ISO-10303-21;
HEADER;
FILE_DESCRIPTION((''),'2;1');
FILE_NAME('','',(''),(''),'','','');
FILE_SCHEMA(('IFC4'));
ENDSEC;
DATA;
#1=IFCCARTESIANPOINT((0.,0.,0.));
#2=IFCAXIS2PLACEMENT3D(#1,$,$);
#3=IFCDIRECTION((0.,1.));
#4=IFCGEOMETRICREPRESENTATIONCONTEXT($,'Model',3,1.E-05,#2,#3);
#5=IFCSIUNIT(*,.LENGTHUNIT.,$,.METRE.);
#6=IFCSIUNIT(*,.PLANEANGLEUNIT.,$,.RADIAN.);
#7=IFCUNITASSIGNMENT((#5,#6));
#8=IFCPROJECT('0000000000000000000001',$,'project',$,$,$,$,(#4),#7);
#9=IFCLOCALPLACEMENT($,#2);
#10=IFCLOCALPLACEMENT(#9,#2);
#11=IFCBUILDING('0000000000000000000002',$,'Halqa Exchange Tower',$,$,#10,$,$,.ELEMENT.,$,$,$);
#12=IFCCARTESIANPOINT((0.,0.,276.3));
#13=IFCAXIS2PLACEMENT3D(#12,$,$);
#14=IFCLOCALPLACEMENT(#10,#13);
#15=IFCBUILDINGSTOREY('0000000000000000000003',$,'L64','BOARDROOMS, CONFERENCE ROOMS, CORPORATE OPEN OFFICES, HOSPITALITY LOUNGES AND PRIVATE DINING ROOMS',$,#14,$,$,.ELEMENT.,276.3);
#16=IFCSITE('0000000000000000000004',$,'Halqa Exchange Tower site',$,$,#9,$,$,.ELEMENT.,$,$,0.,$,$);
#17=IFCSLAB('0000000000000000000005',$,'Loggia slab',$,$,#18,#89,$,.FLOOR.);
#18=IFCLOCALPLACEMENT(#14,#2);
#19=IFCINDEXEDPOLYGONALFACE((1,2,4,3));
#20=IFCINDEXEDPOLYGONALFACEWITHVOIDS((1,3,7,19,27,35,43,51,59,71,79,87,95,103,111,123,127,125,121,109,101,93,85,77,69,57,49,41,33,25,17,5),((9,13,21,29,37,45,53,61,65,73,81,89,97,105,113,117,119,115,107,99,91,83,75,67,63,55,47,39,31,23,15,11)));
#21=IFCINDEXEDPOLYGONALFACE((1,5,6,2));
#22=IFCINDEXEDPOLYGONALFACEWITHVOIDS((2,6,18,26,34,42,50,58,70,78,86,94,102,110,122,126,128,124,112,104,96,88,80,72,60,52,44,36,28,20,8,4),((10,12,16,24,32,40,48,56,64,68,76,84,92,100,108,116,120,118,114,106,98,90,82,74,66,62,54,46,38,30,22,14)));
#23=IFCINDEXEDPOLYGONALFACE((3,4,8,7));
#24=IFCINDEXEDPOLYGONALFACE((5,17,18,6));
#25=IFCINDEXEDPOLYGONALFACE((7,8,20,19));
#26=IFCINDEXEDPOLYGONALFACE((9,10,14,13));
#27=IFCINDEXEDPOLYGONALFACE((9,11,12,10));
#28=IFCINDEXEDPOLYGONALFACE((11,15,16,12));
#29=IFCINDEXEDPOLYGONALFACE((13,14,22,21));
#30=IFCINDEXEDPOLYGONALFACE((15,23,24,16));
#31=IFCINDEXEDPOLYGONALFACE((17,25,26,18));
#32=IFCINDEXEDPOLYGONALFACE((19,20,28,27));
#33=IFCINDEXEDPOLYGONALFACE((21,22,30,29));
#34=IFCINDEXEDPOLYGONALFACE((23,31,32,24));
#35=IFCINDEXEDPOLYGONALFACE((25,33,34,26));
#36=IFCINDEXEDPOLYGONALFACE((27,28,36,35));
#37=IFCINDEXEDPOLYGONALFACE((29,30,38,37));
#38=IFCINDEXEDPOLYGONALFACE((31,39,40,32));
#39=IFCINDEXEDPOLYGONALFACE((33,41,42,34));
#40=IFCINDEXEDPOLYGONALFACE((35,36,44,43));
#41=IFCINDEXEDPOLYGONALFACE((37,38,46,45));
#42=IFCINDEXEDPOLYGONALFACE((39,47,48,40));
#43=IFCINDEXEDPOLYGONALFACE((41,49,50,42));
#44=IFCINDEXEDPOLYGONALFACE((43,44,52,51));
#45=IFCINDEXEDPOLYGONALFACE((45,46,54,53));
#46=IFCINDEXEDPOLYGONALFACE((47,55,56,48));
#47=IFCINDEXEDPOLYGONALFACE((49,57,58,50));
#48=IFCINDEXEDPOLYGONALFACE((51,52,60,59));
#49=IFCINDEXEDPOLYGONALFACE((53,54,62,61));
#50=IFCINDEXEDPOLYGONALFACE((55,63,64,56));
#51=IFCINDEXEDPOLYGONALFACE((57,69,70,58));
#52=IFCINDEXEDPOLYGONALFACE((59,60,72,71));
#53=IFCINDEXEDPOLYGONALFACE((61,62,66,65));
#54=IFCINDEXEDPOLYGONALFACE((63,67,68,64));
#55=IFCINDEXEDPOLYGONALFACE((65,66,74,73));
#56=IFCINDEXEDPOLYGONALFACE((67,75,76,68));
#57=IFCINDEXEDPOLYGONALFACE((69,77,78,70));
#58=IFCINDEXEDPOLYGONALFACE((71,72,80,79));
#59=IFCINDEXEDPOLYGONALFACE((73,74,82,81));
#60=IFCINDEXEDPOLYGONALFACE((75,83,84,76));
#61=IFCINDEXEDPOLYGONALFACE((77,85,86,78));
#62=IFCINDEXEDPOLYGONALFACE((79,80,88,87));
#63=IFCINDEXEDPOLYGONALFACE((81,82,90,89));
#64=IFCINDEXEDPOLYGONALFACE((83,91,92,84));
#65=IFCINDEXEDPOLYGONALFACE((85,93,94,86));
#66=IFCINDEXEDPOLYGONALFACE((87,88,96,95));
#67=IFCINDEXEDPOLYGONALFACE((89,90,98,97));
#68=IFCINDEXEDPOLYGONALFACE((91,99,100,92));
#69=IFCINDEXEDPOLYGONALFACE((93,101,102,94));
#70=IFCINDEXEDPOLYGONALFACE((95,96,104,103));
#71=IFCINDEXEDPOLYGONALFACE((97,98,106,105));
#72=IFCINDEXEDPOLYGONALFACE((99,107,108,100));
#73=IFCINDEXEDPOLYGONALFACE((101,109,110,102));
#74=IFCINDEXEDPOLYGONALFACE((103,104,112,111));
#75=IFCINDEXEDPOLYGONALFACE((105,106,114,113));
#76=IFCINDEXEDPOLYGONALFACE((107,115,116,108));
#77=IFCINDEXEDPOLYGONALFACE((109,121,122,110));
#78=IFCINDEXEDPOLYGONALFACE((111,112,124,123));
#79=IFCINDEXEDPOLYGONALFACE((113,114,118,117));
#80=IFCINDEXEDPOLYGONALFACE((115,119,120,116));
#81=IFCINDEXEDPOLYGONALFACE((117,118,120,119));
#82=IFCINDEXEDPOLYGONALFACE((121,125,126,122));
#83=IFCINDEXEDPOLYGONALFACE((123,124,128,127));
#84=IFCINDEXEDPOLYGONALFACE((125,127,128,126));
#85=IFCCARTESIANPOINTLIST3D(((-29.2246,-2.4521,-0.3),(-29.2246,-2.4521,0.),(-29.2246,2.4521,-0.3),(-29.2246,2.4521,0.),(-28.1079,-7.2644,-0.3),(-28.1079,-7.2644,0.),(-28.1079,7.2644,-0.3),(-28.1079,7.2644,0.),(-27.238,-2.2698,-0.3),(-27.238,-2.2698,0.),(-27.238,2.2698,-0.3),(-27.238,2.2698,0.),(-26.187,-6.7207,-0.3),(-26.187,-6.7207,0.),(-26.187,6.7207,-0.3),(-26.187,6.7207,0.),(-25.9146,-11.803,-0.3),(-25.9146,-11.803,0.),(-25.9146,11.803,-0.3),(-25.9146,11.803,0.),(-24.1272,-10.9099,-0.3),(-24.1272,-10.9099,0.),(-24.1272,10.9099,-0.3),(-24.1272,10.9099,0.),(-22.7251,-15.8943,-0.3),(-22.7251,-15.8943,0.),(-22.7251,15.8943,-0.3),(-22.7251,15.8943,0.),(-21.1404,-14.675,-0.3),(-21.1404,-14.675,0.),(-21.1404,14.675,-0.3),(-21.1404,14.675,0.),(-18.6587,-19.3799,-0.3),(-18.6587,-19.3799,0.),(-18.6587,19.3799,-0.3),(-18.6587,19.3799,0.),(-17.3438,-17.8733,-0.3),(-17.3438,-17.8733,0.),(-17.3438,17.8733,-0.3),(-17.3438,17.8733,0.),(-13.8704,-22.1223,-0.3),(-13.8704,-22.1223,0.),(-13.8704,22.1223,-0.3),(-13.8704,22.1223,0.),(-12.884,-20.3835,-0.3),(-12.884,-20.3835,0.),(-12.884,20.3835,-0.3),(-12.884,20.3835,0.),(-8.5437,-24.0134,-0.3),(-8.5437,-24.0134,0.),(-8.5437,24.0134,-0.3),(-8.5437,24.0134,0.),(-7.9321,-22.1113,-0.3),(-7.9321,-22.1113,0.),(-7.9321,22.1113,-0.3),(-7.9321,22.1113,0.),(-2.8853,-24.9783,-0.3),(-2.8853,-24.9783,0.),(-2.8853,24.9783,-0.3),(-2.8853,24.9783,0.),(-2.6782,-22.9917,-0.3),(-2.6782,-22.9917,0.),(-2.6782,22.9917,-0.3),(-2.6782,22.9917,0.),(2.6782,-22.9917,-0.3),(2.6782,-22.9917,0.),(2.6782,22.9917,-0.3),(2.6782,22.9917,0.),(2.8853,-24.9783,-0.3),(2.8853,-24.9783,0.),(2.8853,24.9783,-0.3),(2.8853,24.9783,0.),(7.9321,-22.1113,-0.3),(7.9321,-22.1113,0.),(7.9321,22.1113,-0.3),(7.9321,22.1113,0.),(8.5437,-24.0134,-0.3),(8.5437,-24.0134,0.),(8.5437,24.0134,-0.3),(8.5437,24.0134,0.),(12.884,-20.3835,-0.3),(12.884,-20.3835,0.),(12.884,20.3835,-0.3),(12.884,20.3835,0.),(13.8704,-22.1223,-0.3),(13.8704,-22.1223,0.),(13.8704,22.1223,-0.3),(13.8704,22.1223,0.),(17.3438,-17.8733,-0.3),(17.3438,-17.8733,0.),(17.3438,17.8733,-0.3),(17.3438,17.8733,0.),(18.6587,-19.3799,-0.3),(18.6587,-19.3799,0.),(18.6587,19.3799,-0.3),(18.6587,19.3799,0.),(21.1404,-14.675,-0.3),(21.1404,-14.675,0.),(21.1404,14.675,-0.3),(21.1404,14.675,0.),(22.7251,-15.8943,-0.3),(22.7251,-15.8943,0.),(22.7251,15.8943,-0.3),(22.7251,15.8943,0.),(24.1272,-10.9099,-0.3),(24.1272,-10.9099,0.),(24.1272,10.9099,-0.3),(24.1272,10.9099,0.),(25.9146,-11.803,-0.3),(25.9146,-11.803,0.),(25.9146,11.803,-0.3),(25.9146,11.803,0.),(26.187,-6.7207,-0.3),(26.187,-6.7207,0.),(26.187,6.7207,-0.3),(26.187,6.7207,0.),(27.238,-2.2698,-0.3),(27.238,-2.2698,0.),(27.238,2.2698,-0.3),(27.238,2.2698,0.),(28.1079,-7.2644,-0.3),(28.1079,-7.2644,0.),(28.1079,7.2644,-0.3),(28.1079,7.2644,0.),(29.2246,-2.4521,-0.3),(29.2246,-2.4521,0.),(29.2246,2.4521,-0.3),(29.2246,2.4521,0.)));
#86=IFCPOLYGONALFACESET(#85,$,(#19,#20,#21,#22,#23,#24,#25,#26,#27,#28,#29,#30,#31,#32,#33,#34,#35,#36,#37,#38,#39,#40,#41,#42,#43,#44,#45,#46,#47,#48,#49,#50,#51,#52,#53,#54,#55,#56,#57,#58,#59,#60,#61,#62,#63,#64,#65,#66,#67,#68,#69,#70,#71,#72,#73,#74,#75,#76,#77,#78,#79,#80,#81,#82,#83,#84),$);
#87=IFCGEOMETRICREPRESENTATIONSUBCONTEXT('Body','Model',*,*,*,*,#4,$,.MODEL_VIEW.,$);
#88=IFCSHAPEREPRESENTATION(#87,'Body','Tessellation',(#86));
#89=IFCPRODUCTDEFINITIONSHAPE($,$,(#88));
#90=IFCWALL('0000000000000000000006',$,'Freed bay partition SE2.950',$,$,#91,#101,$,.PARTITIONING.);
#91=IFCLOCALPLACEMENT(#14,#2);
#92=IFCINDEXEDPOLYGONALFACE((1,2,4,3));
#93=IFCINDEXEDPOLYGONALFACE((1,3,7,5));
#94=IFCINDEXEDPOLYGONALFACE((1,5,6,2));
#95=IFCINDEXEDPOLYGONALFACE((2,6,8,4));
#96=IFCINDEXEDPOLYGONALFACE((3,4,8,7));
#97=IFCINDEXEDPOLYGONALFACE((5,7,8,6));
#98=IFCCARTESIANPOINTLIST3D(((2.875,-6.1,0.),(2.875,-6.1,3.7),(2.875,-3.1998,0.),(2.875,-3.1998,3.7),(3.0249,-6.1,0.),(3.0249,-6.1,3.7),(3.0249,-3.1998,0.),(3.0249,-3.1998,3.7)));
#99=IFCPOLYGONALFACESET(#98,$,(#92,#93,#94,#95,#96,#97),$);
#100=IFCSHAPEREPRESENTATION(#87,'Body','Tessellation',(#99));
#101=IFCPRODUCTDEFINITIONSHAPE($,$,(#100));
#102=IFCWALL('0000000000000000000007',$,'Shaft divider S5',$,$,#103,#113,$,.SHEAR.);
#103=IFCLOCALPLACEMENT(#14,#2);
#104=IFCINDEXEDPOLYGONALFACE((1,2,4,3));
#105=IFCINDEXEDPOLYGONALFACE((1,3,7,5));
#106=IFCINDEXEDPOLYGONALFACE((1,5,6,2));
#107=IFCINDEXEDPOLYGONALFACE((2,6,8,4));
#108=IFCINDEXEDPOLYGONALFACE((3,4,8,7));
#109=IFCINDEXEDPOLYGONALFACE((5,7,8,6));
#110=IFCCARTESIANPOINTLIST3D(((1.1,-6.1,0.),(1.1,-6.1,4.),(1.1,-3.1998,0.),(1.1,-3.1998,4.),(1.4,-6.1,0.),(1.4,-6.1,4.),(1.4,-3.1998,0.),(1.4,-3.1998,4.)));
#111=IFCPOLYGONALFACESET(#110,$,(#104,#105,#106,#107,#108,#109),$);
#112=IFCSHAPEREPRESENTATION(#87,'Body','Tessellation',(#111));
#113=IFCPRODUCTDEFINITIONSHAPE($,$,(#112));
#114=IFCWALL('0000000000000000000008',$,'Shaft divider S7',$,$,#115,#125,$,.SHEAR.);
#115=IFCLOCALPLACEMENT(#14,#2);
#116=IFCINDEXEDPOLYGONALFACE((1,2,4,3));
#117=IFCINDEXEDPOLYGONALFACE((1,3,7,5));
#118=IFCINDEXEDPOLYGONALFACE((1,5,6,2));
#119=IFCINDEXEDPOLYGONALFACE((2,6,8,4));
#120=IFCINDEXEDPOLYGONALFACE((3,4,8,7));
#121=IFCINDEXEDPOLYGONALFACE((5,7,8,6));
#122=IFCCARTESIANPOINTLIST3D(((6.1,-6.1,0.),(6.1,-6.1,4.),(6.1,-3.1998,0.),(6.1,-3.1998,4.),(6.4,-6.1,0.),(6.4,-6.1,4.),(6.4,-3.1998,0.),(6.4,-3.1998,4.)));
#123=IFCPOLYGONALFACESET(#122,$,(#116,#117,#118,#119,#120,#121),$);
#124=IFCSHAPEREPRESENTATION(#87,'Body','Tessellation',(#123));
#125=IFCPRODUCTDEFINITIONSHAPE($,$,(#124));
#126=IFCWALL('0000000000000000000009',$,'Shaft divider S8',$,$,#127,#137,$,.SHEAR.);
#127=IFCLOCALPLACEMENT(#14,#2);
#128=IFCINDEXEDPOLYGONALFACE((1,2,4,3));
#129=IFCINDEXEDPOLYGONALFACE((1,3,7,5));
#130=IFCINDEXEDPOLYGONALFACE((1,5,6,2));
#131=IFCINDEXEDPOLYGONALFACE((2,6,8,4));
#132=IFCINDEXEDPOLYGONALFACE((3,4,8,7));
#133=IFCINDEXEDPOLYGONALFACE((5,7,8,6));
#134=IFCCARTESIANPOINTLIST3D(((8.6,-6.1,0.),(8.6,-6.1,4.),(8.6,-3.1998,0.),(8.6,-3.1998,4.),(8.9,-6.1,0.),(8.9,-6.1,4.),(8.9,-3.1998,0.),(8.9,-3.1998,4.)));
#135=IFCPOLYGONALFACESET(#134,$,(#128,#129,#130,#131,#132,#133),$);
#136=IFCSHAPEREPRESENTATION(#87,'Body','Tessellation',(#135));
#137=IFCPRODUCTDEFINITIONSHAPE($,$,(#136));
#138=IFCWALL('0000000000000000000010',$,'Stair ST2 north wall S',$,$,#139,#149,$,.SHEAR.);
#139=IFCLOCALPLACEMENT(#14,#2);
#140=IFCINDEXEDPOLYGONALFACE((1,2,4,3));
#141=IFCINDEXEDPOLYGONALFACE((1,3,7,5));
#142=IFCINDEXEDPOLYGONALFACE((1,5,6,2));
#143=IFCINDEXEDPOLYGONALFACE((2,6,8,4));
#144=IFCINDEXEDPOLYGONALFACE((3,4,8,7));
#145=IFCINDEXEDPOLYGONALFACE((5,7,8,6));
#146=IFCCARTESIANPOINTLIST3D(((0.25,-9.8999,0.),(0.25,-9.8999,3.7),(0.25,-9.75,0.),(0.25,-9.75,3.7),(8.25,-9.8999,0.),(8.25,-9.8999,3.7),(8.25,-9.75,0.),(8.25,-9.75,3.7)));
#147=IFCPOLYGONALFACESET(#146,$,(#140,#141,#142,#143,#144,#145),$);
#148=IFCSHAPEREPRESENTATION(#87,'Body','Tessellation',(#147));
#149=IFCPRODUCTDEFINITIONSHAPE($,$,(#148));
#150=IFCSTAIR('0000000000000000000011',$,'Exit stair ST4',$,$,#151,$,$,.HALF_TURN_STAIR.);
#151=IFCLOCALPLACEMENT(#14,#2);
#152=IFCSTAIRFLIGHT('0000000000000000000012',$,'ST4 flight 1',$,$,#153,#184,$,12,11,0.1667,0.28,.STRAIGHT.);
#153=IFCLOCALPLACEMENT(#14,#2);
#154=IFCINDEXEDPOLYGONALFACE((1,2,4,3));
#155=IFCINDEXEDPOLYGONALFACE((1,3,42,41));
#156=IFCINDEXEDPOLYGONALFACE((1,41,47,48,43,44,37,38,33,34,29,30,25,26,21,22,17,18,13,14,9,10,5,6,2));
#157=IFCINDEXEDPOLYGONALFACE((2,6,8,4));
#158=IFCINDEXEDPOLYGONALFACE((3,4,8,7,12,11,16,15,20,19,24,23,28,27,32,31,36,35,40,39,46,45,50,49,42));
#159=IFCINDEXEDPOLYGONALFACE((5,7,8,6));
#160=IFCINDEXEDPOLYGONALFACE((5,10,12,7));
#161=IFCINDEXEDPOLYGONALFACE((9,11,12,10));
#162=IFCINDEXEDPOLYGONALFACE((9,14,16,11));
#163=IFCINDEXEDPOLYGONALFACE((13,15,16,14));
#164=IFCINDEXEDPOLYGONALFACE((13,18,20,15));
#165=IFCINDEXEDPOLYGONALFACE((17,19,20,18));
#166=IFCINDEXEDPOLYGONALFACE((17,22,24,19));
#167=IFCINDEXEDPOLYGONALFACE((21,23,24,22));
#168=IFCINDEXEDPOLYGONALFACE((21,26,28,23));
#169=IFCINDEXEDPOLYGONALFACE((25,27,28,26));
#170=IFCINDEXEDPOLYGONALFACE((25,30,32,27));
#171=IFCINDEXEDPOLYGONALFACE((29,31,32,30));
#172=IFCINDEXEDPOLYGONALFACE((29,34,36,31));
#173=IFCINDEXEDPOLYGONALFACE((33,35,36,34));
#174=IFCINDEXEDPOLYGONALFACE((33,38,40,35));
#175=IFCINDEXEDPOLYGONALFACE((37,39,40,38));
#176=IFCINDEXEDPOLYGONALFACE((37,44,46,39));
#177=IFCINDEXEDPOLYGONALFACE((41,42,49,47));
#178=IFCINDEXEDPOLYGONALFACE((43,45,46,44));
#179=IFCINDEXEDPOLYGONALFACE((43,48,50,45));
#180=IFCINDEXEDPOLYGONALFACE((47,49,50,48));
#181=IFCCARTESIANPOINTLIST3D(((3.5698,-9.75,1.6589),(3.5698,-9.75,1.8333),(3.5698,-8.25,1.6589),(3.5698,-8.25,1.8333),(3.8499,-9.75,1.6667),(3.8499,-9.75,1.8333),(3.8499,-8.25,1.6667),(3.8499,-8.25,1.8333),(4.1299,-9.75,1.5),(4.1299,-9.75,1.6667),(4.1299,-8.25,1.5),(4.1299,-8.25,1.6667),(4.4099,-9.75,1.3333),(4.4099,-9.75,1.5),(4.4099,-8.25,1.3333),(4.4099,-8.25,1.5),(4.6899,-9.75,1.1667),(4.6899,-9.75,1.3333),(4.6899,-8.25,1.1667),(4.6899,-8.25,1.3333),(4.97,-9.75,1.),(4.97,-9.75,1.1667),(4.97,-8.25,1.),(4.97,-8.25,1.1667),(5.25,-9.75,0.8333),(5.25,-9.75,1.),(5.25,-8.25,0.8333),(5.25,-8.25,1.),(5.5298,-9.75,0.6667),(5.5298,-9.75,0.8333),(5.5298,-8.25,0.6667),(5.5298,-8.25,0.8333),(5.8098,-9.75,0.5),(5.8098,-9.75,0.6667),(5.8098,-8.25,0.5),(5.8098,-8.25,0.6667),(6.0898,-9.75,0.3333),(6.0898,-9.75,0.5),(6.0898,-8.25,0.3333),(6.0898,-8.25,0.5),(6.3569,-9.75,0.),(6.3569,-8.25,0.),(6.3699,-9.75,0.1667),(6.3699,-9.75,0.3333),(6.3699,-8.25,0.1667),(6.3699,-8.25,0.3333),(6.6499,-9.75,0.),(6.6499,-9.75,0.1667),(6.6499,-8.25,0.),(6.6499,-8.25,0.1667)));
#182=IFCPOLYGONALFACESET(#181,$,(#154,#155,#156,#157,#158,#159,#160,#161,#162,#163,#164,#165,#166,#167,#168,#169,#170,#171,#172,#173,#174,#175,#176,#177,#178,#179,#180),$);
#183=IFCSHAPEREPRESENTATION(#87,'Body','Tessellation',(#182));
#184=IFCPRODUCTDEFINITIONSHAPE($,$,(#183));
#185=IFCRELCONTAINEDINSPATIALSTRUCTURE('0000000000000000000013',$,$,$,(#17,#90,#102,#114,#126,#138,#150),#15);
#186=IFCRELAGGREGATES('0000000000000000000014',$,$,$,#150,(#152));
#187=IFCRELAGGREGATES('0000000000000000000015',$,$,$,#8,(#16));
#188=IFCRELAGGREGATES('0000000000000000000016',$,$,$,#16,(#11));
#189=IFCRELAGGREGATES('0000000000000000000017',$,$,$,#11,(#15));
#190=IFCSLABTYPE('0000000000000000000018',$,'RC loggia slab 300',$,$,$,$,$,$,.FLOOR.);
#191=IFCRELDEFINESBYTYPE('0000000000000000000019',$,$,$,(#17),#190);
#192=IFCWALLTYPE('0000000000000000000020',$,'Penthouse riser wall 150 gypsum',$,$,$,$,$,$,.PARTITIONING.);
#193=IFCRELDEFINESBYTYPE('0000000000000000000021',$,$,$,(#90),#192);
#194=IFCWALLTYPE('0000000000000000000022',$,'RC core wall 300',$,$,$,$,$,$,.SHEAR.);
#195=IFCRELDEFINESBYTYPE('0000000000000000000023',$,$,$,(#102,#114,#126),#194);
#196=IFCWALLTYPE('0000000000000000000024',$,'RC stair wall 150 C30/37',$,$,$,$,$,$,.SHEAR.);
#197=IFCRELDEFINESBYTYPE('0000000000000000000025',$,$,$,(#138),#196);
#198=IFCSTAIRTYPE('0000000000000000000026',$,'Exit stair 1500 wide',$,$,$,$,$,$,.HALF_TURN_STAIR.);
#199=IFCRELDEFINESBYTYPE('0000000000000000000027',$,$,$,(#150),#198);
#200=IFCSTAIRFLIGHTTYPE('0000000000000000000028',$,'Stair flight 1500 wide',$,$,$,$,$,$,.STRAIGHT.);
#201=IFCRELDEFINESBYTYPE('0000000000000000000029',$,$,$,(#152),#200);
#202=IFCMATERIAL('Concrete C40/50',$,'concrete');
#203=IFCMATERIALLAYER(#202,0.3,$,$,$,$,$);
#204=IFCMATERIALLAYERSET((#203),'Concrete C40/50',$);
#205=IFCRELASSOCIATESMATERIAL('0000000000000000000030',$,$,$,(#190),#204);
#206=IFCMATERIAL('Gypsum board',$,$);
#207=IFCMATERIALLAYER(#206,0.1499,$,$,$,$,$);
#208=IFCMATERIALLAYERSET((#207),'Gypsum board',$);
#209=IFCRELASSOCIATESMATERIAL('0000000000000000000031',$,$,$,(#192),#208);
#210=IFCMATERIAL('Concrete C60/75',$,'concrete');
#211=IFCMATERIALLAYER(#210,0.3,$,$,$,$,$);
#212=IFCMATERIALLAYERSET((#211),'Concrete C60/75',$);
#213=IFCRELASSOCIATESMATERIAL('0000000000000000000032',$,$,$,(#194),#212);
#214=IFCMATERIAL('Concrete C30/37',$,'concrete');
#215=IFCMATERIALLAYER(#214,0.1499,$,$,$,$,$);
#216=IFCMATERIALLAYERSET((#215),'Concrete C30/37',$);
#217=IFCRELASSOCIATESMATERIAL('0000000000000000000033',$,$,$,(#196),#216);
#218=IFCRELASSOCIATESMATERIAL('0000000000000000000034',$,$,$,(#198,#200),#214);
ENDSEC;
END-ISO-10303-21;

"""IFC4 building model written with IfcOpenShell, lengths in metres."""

from ifc_helpers import new_model, si_unit, direction, frame, frame_2d, origin, place, context, subcontext, project, spatial, polyline, rectangle, outline, extrude, material, layer, layer_set, type_object, element, aggregate, save


model = new_model("IFC4")

# Units and contexts
model_context = context("Model", 3, precision=1e-05, world=origin(), true_north=direction((0.0, 1.0)))
body_context = subcontext(model_context, "Body", "Model", "MODEL_VIEW")
ifc_project = project(units=[si_unit("LENGTHUNIT", "METRE"), si_unit("PLANEANGLEUNIT", "RADIAN")], contexts=[model_context])

# Site, building, storey
site_placement = place(None, origin())
site = spatial("IfcSite", under=ifc_project, at=site_placement, Name="Halqa Exchange Tower site", CompositionType="ELEMENT", RefElevation=0.0)
building_placement = place(site_placement, origin())
building = spatial("IfcBuilding", under=site, at=building_placement, Name="Halqa Exchange Tower", CompositionType="ELEMENT")
storey_placement = place(building_placement, frame((0.0, 0.0, 276.3)))
storey = spatial("IfcBuildingStorey", under=building, at=storey_placement, Name="L64", Description="BOARDROOMS, CONFERENCE ROOMS, CORPORATE OPEN OFFICES, HOSPITALITY LOUNGES AND PRIVATE DINING ROOMS", CompositionType="ELEMENT", Elevation=276.3)

# Slab
ifc_material_1 = material(Name="Concrete C60/75", Category="concrete")
ifc_material_2 = material(Name="Concrete C40/50", Category="concrete")
ifc_layer_1 = layer(ifc_material_2, 0.3)
ifc_layer_set_1 = layer_set([ifc_layer_1], Name="Concrete C40/50")
slab_type_1 = type_object("IfcSlabType", Name="RC loggia slab 300", PredefinedType="FLOOR", material=ifc_layer_set_1)
slab_1_placement = place(storey_placement, frame((0.0, 0.0, -0.3)))
element("IfcSlab", 1, at=slab_1_placement, inside=storey, type_object=slab_type_1, Name="Loggia slab", PredefinedType="FLOOR", context=body_context, shape_type="SweptSolid", body=[
    extrude(outline(polyline([(29.2246, 2.4521), (29.2246, -2.4521), (28.1079, -7.2644), (25.9146, -11.803), (22.7251, -15.8943), (18.6587, -19.3799), (13.8704, -22.1223), (8.5437, -24.0134), (2.8853, -24.9783), (-2.8853, -24.9783), (-8.5437, -24.0134), (-13.8704, -22.1223), (-18.6587, -19.3799), (-22.7251, -15.8943), (-25.9146, -11.803), (-28.1079, -7.2644), (-29.2246, -2.4521), (-29.2246, 2.4521), (-28.1079, 7.2644), (-25.9146, 11.803), (-22.7251, 15.8943), (-18.6587, 19.3799), (-13.8704, 22.1223), (-8.5437, 24.0134), (-2.8853, 24.9783), (2.8853, 24.9783), (8.5437, 24.0134), (13.8704, 22.1223), (18.6587, 19.3799), (22.7251, 15.8943), (25.9146, 11.803), (28.1079, 7.2644), (29.2246, 2.4521)]), holes=[polyline([(27.238, 2.2698), (26.187, 6.7207), (24.1272, 10.9099), (21.1404, 14.675), (17.3438, 17.8733), (12.884, 20.3835), (7.9321, 22.1113), (2.6782, 22.9917), (-2.6782, 22.9917), (-7.9321, 22.1113), (-12.884, 20.3835), (-17.3438, 17.8733), (-21.1404, 14.675), (-24.1272, 10.9099), (-26.187, 6.7207), (-27.238, 2.2698), (-27.238, -2.2698), (-26.187, -6.7207), (-24.1272, -10.9099), (-21.1404, -14.675), (-17.3438, -17.8733), (-12.884, -20.3835), (-7.9321, -22.1113), (-2.6782, -22.9917), (2.6782, -22.9917), (7.9321, -22.1113), (12.884, -20.3835), (17.3438, -17.8733), (21.1404, -14.675), (24.1272, -10.9099), (26.187, -6.7207), (27.238, -2.2698), (27.238, 2.2698)])]), origin(), (0.0, 0.0, 1.0), 0.3),
])

# Walls
ifc_material_3 = material(Name="Gypsum board")
ifc_layer_2 = layer(ifc_material_3, 0.1499)
ifc_layer_set_2 = layer_set([ifc_layer_2], Name="Gypsum board")
wall_type_1 = type_object("IfcWallType", Name="Penthouse riser wall 150 gypsum", PredefinedType="PARTITIONING", material=ifc_layer_set_2)
wall_1_placement = place(storey_placement, frame((2.95, -6.1001, 0.0), z_axis=(0.0, 0.0, 1.0), x_axis=(0.0, 1.0, 0.0)))
element("IfcWall", 2, at=wall_1_placement, inside=storey, type_object=wall_type_1, Name="Freed bay partition SE2.950", PredefinedType="PARTITIONING", context=body_context, shape_type="SweptSolid", body=[
    extrude(rectangle(XDim=2.9001, YDim=0.1499, at=frame_2d((1.4502, 0.0))), origin(), (0.0, 0.0, 1.0), 3.7),
])
ifc_layer_3 = layer(ifc_material_1, 0.3)
ifc_layer_set_3 = layer_set([ifc_layer_3], Name="Concrete C60/75")
wall_type_2 = type_object("IfcWallType", Name="RC core wall 300", PredefinedType="SHEAR", material=ifc_layer_set_3)
for number, where, z_axis, x_axis, name in (
    (3, (1.25, -6.1001, 0.0), (0.0, 0.0, 1.0), (0.0, 1.0, 0.0), "Shaft divider S5"),
    (4, (6.25, -6.1001, 0.0), (0.0, 0.0, 1.0), (0.0, 1.0, 0.0), "Shaft divider S7"),
    (5, (8.75, -6.1001, 0.0), (0.0, 0.0, 1.0), (0.0, 1.0, 0.0), "Shaft divider S8"),
):
    element("IfcWall", number, at=place(storey_placement, frame(where, z_axis=z_axis, x_axis=x_axis)), inside=storey, type_object=wall_type_2, Name=name, PredefinedType="SHEAR", context=body_context, shape_type="SweptSolid", body=[
        extrude(rectangle(XDim=2.9001, YDim=0.3, at=frame_2d((1.4502, 0.0))), origin(), (0.0, 0.0, 1.0), 4.0),
    ])
ifc_material_4 = material(Name="Concrete C30/37", Category="concrete")
ifc_layer_4 = layer(ifc_material_4, 0.1499)
ifc_layer_set_4 = layer_set([ifc_layer_4], Name="Concrete C30/37")
wall_type_3 = type_object("IfcWallType", Name="RC stair wall 150 C30/37", PredefinedType="SHEAR", material=ifc_layer_set_4)
wall_2_placement = place(storey_placement, frame((0.25, -9.825, 0.0), z_axis=(0.0, 0.0, 1.0), x_axis=(1.0, 0.0, 0.0)))
element("IfcWall", 6, at=wall_2_placement, inside=storey, type_object=wall_type_3, Name="Stair ST2 north wall S", PredefinedType="SHEAR", context=body_context, shape_type="SweptSolid", body=[
    extrude(rectangle(XDim=8.0, YDim=0.1499, at=frame_2d((4.0, 0.0))), origin(), (0.0, 0.0, 1.0), 3.7),
])

# Stair, stair flight
stair_type = type_object("IfcStairType", Name="Exit stair 1500 wide", PredefinedType="HALF_TURN_STAIR", material=ifc_material_4)
stair_placement = place(storey_placement, origin())
stair = element("IfcStair", 7, at=stair_placement, inside=storey, type_object=stair_type, Name="Exit stair ST4", PredefinedType="HALF_TURN_STAIR")
stair_flight_type = type_object("IfcStairFlightType", Name="Stair flight 1500 wide", PredefinedType="STRAIGHT", material=ifc_material_4)
stair_flight_1_placement = place(storey_placement, frame((6.6499, -9.0, 0.0), z_axis=(0.0, 0.0, 1.0), x_axis=(-1.0, 0.0, 0.0)))
stair_flight_1 = element("IfcStairFlight", 8, at=stair_flight_1_placement, type_object=stair_flight_type, Name="ST4 flight 1", NumberOfRisers=12, NumberOfTreads=11, PredefinedType="STRAIGHT", RiserHeight=0.1667, TreadLength=0.28, context=body_context, shape_type="SweptSolid", body=[
    extrude(outline(polyline([(0.0, 0.0), (0.0, 0.1667), (0.28, 0.1667), (0.28, 0.3333), (0.5601, 0.3333), (0.5601, 0.5), (0.8401, 0.5), (0.8401, 0.6667), (1.1201, 0.6667), (1.1201, 0.8333), (1.3999, 0.8333), (1.3999, 1.0), (1.6799, 1.0), (1.6799, 1.1667), (1.96, 1.1667), (1.96, 1.3333), (2.24, 1.3333), (2.24, 1.5), (2.52, 1.5), (2.52, 1.6667), (2.8, 1.6667), (2.8, 1.8333), (3.0801, 1.8333), (3.0801, 2.0), (3.0801, 1.6589), (0.293, 0.0), (0.0, 0.0)])), frame((0.0, 0.75, 0.0), z_axis=(0.0, -1.0, 0.0), x_axis=(1.0, 0.0, 0.0)), (0.0, 0.0, 1.0), 1.5),
])
aggregate(stair, [stair_flight_1])

save(model, "model.ifc")
